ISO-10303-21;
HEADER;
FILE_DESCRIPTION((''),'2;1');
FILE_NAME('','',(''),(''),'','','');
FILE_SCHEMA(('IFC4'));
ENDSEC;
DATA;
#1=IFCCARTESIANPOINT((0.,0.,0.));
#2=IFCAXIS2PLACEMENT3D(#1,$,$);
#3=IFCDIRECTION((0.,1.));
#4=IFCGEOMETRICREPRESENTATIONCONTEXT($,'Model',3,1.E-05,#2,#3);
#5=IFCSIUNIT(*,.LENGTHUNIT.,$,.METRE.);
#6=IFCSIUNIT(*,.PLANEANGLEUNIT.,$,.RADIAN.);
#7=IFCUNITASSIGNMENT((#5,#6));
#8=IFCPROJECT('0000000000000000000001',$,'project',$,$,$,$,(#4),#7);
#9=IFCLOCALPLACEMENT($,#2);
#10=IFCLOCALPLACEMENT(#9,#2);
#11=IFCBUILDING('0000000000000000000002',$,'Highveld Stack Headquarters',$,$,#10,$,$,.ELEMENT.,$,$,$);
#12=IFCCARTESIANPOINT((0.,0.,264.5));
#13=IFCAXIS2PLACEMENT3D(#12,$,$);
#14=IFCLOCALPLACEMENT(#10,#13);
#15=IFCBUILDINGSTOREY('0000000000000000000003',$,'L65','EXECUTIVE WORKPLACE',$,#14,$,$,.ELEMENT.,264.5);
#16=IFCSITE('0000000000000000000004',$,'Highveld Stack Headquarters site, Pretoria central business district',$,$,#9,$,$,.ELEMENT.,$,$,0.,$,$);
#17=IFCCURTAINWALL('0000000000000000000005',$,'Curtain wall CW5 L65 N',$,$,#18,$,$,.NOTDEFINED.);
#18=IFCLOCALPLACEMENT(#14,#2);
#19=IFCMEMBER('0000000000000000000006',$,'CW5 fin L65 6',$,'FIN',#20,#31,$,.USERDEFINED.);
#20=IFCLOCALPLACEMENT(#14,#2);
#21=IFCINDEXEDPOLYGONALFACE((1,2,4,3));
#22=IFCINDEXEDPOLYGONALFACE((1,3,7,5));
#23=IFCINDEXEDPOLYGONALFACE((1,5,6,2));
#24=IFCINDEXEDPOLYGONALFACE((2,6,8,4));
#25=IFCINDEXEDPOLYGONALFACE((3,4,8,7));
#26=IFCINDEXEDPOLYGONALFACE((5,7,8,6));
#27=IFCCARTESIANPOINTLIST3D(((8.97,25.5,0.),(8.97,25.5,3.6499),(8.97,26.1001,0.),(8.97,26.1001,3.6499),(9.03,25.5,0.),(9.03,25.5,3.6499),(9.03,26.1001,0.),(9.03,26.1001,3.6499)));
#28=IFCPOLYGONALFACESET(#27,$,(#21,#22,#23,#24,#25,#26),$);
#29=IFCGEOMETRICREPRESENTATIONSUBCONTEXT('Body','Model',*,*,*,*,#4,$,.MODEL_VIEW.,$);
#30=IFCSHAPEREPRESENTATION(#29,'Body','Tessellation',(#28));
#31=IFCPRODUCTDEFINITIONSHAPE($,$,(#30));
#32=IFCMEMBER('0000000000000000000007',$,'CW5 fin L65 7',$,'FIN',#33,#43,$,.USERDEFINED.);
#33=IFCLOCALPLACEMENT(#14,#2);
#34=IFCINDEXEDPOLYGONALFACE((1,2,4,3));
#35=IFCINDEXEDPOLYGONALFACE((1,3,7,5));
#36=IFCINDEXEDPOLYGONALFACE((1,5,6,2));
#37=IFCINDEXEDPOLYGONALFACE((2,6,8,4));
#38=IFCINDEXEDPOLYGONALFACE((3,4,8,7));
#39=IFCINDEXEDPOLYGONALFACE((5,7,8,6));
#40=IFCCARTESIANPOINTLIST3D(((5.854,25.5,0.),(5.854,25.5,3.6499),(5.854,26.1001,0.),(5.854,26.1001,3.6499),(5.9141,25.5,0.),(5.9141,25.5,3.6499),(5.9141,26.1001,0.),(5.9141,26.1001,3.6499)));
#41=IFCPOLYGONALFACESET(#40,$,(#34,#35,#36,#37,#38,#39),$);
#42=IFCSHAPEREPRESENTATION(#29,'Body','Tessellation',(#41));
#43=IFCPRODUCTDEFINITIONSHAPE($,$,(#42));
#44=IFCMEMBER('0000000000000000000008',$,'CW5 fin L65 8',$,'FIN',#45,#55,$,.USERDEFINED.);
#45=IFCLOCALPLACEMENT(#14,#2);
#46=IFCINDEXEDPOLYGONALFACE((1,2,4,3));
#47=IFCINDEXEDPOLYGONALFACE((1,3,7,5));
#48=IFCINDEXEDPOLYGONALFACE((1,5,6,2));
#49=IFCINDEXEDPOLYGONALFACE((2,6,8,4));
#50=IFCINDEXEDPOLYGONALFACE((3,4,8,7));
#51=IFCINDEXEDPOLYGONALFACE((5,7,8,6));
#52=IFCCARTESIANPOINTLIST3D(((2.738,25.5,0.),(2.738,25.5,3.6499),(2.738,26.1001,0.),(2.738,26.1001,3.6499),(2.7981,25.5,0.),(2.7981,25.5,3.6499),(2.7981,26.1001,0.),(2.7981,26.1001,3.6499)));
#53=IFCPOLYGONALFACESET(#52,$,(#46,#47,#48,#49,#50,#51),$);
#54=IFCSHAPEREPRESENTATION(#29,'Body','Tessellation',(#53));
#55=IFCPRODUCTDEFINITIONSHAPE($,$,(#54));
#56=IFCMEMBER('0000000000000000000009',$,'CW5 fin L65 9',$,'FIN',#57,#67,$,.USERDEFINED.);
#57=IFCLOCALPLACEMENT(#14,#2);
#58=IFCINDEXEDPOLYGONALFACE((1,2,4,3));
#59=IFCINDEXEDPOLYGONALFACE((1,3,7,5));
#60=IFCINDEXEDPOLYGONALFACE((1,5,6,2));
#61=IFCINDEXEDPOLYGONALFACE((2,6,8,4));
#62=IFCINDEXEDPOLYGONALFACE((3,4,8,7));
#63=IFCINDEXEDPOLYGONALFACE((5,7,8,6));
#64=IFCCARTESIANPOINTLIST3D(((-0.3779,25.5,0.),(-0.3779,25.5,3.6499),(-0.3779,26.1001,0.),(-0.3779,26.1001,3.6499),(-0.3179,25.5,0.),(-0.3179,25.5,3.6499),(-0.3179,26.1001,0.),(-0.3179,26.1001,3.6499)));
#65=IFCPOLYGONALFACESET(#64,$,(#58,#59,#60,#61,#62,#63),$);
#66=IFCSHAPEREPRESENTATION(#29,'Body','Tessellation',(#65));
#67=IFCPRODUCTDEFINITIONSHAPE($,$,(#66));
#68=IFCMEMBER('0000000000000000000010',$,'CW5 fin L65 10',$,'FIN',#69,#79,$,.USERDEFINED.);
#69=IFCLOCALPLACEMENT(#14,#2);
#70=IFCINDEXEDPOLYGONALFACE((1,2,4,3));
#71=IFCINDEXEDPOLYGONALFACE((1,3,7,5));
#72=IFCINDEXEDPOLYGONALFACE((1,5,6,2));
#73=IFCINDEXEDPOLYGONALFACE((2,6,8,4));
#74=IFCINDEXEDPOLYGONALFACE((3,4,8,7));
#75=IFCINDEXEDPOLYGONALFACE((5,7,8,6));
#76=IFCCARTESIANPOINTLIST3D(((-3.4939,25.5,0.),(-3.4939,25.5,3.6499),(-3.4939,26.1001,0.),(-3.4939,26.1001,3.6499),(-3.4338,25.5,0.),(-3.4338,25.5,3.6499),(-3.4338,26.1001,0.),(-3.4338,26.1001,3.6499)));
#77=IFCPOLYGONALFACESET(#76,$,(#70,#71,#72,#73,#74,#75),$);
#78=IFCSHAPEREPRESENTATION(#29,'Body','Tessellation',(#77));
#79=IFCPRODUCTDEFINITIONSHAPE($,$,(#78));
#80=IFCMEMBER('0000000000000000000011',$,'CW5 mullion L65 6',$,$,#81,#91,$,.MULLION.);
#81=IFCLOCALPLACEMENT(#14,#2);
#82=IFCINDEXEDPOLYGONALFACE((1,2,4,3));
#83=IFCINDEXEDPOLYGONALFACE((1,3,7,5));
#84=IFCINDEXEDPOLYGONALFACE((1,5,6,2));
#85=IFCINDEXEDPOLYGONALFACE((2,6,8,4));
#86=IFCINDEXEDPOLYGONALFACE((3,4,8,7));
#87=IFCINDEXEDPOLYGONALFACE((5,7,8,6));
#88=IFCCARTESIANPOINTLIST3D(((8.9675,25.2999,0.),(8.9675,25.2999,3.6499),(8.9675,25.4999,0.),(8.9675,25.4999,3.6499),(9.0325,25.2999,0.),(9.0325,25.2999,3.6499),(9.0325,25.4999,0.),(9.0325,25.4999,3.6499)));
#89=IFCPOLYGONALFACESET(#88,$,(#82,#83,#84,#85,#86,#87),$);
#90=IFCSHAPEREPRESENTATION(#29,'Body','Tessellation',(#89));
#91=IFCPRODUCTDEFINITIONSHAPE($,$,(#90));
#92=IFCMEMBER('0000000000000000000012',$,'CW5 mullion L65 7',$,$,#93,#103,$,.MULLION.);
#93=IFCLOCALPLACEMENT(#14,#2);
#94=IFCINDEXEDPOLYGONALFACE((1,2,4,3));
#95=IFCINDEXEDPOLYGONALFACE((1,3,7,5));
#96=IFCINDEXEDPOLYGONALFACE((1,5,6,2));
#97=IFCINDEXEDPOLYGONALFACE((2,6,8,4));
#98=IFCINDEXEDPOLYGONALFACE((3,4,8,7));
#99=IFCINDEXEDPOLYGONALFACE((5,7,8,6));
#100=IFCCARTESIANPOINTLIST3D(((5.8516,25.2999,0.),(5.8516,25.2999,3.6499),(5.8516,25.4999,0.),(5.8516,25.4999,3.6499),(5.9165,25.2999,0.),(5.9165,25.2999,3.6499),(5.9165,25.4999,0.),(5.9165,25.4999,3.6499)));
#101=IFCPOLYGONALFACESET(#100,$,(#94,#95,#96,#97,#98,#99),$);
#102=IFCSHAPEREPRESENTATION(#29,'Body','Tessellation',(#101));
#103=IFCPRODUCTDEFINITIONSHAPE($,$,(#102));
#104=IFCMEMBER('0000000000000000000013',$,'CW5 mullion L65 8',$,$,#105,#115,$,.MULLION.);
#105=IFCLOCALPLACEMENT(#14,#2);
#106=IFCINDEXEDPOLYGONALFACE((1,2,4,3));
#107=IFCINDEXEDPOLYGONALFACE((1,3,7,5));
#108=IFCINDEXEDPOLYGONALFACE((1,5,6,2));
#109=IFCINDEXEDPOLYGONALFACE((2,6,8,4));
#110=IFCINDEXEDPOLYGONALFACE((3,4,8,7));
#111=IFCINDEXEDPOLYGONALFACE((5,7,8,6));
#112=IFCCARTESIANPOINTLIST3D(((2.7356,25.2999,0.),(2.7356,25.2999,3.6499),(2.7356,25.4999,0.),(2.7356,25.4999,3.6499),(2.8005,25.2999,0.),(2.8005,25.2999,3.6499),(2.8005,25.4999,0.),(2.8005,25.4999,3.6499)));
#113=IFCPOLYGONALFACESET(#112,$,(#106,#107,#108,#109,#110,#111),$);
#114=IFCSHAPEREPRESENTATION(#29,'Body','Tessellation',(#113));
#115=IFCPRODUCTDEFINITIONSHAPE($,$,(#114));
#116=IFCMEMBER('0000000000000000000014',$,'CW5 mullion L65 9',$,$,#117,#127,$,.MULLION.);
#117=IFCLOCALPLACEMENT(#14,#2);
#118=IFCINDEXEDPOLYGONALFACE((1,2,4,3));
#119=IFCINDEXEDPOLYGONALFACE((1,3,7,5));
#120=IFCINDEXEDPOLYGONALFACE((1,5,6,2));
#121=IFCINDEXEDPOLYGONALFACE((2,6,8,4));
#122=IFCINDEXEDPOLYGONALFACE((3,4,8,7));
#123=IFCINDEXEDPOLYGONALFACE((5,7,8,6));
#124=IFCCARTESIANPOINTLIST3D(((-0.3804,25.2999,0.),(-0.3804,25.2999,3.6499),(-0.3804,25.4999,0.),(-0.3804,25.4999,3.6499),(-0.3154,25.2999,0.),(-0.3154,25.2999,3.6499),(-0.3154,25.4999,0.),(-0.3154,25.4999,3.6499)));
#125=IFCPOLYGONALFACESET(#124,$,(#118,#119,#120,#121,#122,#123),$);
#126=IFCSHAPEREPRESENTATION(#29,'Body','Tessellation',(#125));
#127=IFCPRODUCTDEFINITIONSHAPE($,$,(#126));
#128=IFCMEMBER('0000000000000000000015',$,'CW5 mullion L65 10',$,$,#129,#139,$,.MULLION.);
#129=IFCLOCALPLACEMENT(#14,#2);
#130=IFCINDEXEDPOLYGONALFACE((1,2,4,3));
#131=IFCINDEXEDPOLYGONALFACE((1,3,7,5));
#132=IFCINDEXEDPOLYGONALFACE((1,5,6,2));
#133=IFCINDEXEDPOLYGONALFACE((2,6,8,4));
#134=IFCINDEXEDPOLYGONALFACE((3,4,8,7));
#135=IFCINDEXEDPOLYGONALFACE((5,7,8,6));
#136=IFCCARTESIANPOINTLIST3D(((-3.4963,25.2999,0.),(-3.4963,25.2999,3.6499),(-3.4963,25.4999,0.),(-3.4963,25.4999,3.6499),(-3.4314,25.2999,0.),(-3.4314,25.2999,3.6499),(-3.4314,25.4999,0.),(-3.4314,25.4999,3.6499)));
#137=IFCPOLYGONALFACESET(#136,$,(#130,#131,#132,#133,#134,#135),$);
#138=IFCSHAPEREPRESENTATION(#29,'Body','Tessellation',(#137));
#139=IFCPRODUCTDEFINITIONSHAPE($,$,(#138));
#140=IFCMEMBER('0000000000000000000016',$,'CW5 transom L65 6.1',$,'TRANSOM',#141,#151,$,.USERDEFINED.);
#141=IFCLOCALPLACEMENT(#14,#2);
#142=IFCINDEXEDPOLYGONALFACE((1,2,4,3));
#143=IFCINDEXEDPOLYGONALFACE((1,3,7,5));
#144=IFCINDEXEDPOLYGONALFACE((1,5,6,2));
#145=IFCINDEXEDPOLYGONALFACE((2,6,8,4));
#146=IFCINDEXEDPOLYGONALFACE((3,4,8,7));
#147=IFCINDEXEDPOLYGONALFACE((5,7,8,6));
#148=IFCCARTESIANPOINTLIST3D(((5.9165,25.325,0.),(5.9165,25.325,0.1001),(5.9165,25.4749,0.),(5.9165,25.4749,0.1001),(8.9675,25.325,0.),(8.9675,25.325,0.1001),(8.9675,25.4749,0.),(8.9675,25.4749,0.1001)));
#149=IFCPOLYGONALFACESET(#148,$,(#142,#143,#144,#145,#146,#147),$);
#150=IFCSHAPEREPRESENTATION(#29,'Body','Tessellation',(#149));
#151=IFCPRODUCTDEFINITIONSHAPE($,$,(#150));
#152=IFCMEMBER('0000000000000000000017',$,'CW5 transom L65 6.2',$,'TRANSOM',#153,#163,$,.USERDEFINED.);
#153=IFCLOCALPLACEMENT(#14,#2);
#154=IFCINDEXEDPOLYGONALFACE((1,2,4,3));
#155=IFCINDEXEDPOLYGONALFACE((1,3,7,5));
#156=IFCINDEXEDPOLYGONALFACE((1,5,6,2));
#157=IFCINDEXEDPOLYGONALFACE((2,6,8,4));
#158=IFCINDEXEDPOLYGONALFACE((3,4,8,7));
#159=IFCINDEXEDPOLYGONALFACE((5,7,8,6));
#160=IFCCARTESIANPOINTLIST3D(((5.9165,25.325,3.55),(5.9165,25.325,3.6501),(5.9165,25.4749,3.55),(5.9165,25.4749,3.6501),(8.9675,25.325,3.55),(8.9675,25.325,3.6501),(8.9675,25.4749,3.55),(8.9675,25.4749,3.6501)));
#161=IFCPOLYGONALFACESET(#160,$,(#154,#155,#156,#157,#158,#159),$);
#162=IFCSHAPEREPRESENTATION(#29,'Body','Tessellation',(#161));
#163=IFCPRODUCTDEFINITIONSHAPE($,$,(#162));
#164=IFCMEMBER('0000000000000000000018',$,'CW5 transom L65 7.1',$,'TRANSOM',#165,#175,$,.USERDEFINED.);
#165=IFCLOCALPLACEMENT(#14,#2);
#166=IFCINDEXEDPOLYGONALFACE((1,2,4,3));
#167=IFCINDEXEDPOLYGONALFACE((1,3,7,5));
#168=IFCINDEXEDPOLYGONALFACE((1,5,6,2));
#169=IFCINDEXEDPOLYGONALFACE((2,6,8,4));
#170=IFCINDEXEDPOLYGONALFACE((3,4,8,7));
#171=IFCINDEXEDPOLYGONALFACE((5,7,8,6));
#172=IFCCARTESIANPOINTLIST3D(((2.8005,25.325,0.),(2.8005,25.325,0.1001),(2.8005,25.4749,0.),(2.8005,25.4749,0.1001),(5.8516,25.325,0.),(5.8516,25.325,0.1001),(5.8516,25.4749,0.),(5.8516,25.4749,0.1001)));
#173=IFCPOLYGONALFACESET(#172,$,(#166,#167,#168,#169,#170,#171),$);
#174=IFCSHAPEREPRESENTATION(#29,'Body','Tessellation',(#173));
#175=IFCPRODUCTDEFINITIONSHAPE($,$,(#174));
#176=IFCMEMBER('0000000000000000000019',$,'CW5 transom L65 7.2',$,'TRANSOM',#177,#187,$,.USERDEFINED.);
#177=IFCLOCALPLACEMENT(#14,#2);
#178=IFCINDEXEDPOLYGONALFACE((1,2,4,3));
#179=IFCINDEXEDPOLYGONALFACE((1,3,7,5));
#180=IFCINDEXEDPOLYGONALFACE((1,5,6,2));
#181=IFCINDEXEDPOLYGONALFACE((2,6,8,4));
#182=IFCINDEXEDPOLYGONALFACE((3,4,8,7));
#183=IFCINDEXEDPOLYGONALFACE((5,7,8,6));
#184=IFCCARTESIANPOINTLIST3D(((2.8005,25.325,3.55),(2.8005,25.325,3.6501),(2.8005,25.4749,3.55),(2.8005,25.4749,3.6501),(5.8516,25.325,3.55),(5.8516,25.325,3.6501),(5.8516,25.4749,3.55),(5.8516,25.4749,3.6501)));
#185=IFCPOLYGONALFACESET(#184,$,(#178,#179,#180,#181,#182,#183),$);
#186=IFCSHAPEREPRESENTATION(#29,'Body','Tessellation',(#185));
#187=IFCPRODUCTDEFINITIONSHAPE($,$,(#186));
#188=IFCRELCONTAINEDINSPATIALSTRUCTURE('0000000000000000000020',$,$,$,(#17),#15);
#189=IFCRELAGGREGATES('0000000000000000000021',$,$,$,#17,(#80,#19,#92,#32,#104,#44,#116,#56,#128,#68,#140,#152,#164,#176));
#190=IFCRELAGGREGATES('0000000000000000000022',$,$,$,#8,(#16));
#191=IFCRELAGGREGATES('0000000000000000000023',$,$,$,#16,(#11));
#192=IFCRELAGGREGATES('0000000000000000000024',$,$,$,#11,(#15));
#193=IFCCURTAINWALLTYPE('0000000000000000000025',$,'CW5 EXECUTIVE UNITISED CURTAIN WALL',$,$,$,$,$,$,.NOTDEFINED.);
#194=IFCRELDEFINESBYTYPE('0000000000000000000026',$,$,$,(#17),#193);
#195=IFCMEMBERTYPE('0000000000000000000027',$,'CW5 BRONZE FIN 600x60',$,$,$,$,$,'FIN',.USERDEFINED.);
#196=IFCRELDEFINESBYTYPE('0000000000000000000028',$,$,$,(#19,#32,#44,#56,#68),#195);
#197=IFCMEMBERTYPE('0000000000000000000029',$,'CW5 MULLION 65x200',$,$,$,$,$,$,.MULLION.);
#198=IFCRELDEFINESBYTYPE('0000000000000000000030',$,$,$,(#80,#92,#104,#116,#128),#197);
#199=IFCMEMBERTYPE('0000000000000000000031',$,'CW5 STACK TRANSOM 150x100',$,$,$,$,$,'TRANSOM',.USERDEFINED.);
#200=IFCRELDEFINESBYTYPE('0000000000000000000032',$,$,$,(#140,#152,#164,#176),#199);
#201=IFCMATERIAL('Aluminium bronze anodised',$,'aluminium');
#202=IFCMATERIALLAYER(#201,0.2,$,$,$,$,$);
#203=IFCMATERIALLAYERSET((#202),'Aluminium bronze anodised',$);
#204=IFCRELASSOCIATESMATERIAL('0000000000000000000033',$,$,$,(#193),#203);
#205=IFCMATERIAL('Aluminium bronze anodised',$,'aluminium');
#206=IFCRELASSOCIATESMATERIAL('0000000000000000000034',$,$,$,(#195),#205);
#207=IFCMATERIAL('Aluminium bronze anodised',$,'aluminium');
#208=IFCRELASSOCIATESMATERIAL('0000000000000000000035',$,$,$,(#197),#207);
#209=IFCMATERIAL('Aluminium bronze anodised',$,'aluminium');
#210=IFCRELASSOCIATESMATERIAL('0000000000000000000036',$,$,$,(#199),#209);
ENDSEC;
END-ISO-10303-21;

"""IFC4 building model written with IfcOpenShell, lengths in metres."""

from ifc_helpers import new_model, si_unit, direction, frame, origin, origin_2d, place, context, subcontext, project, spatial, rectangle, extrude, material, layer, layer_set, material_profile, profile_set, type_object, element, aggregate, save


model = new_model("IFC4")

# Units and contexts
model_context = context("Model", 3, precision=1e-05, world=origin(), true_north=direction((0.0, 1.0)))
body_context = subcontext(model_context, "Body", "Model", "MODEL_VIEW")
ifc_project = project(units=[si_unit("LENGTHUNIT", "METRE"), si_unit("PLANEANGLEUNIT", "RADIAN")], contexts=[model_context])

# Site, building, storey
site_placement = place(None, origin())
site = spatial("IfcSite", under=ifc_project, at=site_placement, Name="Highveld Stack Headquarters site, Pretoria central business district", CompositionType="ELEMENT", RefElevation=0.0)
building_placement = place(site_placement, origin())
building = spatial("IfcBuilding", under=site, at=building_placement, Name="Highveld Stack Headquarters", CompositionType="ELEMENT")
storey_placement = place(building_placement, frame((0.0, 0.0, 264.5)))
storey = spatial("IfcBuildingStorey", under=building, at=storey_placement, Name="L65", Description="EXECUTIVE WORKPLACE", CompositionType="ELEMENT", Elevation=264.5)

# Curtain wall, members
ifc_material_1 = material(Name="Aluminium bronze anodised", Category="aluminium")
ifc_layer_1 = layer(ifc_material_1, 0.2)
ifc_layer_set_1 = layer_set([ifc_layer_1], Name="Aluminium bronze anodised")
curtain_wall_type = type_object("IfcCurtainWallType", Name="CW5 EXECUTIVE UNITISED CURTAIN WALL", PredefinedType="NOTDEFINED", material=ifc_layer_set_1)
curtain_wall_placement = place(storey_placement, origin())
curtain_wall = element("IfcCurtainWall", 1, at=curtain_wall_placement, inside=storey, type_object=curtain_wall_type, Name="Curtain wall CW5 L65 N", PredefinedType="NOTDEFINED")
ifc_material_2 = material(Name="Aluminium bronze anodised", Category="aluminium")
ifc_material_profile_1 = material_profile(ifc_material_2, rectangle(XDim=0.6001, YDim=0.0601, at=origin_2d()), Name="FIN 600x60")
ifc_profile_set_1 = profile_set([ifc_material_profile_1], Name="Aluminium bronze anodised")
member_type_1 = type_object("IfcMemberType", Name="CW5 BRONZE FIN 600x60", ElementType="FIN", PredefinedType="USERDEFINED", material=ifc_profile_set_1)
member_1_placement = place(storey_placement, frame((9.0, 25.8, 0.0), z_axis=(0.0, 0.0, 1.0), x_axis=(0.0, -1.0, 0.0)))
member_1 = element("IfcMember", 2, at=member_1_placement, type_object=member_type_1, Name="CW5 fin L65 6", ObjectType="FIN", PredefinedType="USERDEFINED", context=body_context, shape_type="SweptSolid", body=[
    extrude(rectangle(XDim=0.6001, YDim=0.0601, at=origin_2d()), origin(), (0.0, 0.0, 1.0), 3.6499),
])
member_2_placement = place(storey_placement, frame((5.884, 25.8, 0.0), z_axis=(0.0, 0.0, 1.0), x_axis=(0.0, -1.0, 0.0)))
member_2 = element("IfcMember", 3, at=member_2_placement, type_object=member_type_1, Name="CW5 fin L65 7", ObjectType="FIN", PredefinedType="USERDEFINED", context=body_context, shape_type="SweptSolid", body=[
    extrude(rectangle(XDim=0.6001, YDim=0.0601, at=origin_2d()), origin(), (0.0, 0.0, 1.0), 3.6499),
])
member_3_placement = place(storey_placement, frame((2.7681, 25.8, 0.0), z_axis=(0.0, 0.0, 1.0), x_axis=(0.0, -1.0, 0.0)))
member_3 = element("IfcMember", 4, at=member_3_placement, type_object=member_type_1, Name="CW5 fin L65 8", ObjectType="FIN", PredefinedType="USERDEFINED", context=body_context, shape_type="SweptSolid", body=[
    extrude(rectangle(XDim=0.6001, YDim=0.0601, at=origin_2d()), origin(), (0.0, 0.0, 1.0), 3.6499),
])
member_4_placement = place(storey_placement, frame((-0.3479, 25.8, 0.0), z_axis=(0.0, 0.0, 1.0), x_axis=(0.0, -1.0, 0.0)))
member_4 = element("IfcMember", 5, at=member_4_placement, type_object=member_type_1, Name="CW5 fin L65 9", ObjectType="FIN", PredefinedType="USERDEFINED", context=body_context, shape_type="SweptSolid", body=[
    extrude(rectangle(XDim=0.6001, YDim=0.0601, at=origin_2d()), origin(), (0.0, 0.0, 1.0), 3.6499),
])
member_5_placement = place(storey_placement, frame((-3.4639, 25.8, 0.0), z_axis=(0.0, 0.0, 1.0), x_axis=(0.0, -1.0, 0.0)))
member_5 = element("IfcMember", 6, at=member_5_placement, type_object=member_type_1, Name="CW5 fin L65 10", ObjectType="FIN", PredefinedType="USERDEFINED", context=body_context, shape_type="SweptSolid", body=[
    extrude(rectangle(XDim=0.6001, YDim=0.0601, at=origin_2d()), origin(), (0.0, 0.0, 1.0), 3.6499),
])
ifc_material_3 = material(Name="Aluminium bronze anodised", Category="aluminium")
ifc_material_profile_2 = material_profile(ifc_material_3, rectangle(XDim=0.2, YDim=0.0649, at=origin_2d()), Name="CW5 MULLION 65x200")
ifc_profile_set_2 = profile_set([ifc_material_profile_2], Name="Aluminium bronze anodised")
member_type_2 = type_object("IfcMemberType", Name="CW5 MULLION 65x200", PredefinedType="MULLION", material=ifc_profile_set_2)
member_6_placement = place(storey_placement, frame((9.0, 25.3999, 0.0), z_axis=(0.0, 0.0, 1.0), x_axis=(0.0, -1.0, 0.0)))
member_6 = element("IfcMember", 7, at=member_6_placement, type_object=member_type_2, Name="CW5 mullion L65 6", PredefinedType="MULLION", context=body_context, shape_type="SweptSolid", body=[
    extrude(rectangle(XDim=0.2, YDim=0.0649, at=origin_2d()), origin(), (0.0, 0.0, 1.0), 3.6499),
])
member_7_placement = place(storey_placement, frame((5.884, 25.3999, 0.0), z_axis=(0.0, 0.0, 1.0), x_axis=(0.0, -1.0, 0.0)))
member_7 = element("IfcMember", 8, at=member_7_placement, type_object=member_type_2, Name="CW5 mullion L65 7", PredefinedType="MULLION", context=body_context, shape_type="SweptSolid", body=[
    extrude(rectangle(XDim=0.2, YDim=0.0649, at=origin_2d()), origin(), (0.0, 0.0, 1.0), 3.6499),
])
member_8_placement = place(storey_placement, frame((2.7681, 25.3999, 0.0), z_axis=(0.0, 0.0, 1.0), x_axis=(0.0, -1.0, 0.0)))
member_8 = element("IfcMember", 9, at=member_8_placement, type_object=member_type_2, Name="CW5 mullion L65 8", PredefinedType="MULLION", context=body_context, shape_type="SweptSolid", body=[
    extrude(rectangle(XDim=0.2, YDim=0.0649, at=origin_2d()), origin(), (0.0, 0.0, 1.0), 3.6499),
])
member_9_placement = place(storey_placement, frame((-0.3479, 25.3999, 0.0), z_axis=(0.0, 0.0, 1.0), x_axis=(0.0, -1.0, 0.0)))
member_9 = element("IfcMember", 10, at=member_9_placement, type_object=member_type_2, Name="CW5 mullion L65 9", PredefinedType="MULLION", context=body_context, shape_type="SweptSolid", body=[
    extrude(rectangle(XDim=0.2, YDim=0.0649, at=origin_2d()), origin(), (0.0, 0.0, 1.0), 3.6499),
])
member_10_placement = place(storey_placement, frame((-3.4639, 25.3999, 0.0), z_axis=(0.0, 0.0, 1.0), x_axis=(0.0, -1.0, 0.0)))
member_10 = element("IfcMember", 11, at=member_10_placement, type_object=member_type_2, Name="CW5 mullion L65 10", PredefinedType="MULLION", context=body_context, shape_type="SweptSolid", body=[
    extrude(rectangle(XDim=0.2, YDim=0.0649, at=origin_2d()), origin(), (0.0, 0.0, 1.0), 3.6499),
])
ifc_material_4 = material(Name="Aluminium bronze anodised", Category="aluminium")
ifc_material_profile_3 = material_profile(ifc_material_4, rectangle(XDim=0.1499, YDim=0.1001, at=origin_2d()), Name="CW5 TRANSOM 150x100")
ifc_profile_set_3 = profile_set([ifc_material_profile_3], Name="Aluminium bronze anodised")
member_type_3 = type_object("IfcMemberType", Name="CW5 STACK TRANSOM 150x100", ElementType="TRANSOM", PredefinedType="USERDEFINED", material=ifc_profile_set_3)
member_11_placement = place(storey_placement, frame((8.9675, 25.3999, 0.05), z_axis=(-1.0, 0.0, 0.0), x_axis=(0.0, -1.0, 0.0)))
member_11 = element("IfcMember", 12, at=member_11_placement, type_object=member_type_3, Name="CW5 transom L65 6.1", ObjectType="TRANSOM", PredefinedType="USERDEFINED", context=body_context, shape_type="SweptSolid", body=[
    extrude(rectangle(XDim=0.1499, YDim=0.1001, at=origin_2d()), origin(), (0.0, 0.0, 1.0), 3.051),
])
member_12_placement = place(storey_placement, frame((8.9675, 25.3999, 3.6001), z_axis=(-1.0, 0.0, 0.0), x_axis=(0.0, -1.0, 0.0)))
member_12 = element("IfcMember", 13, at=member_12_placement, type_object=member_type_3, Name="CW5 transom L65 6.2", ObjectType="TRANSOM", PredefinedType="USERDEFINED", context=body_context, shape_type="SweptSolid", body=[
    extrude(rectangle(XDim=0.1499, YDim=0.1001, at=origin_2d()), origin(), (0.0, 0.0, 1.0), 3.051),
])
member_13_placement = place(storey_placement, frame((5.8516, 25.3999, 0.05), z_axis=(-1.0, 0.0, 0.0), x_axis=(0.0, -1.0, 0.0)))
member_13 = element("IfcMember", 14, at=member_13_placement, type_object=member_type_3, Name="CW5 transom L65 7.1", ObjectType="TRANSOM", PredefinedType="USERDEFINED", context=body_context, shape_type="SweptSolid", body=[
    extrude(rectangle(XDim=0.1499, YDim=0.1001, at=origin_2d()), origin(), (0.0, 0.0, 1.0), 3.051),
])
member_14_placement = place(storey_placement, frame((5.8516, 25.3999, 3.6001), z_axis=(-1.0, 0.0, 0.0), x_axis=(0.0, -1.0, 0.0)))
member_14 = element("IfcMember", 15, at=member_14_placement, type_object=member_type_3, Name="CW5 transom L65 7.2", ObjectType="TRANSOM", PredefinedType="USERDEFINED", context=body_context, shape_type="SweptSolid", body=[
    extrude(rectangle(XDim=0.1499, YDim=0.1001, at=origin_2d()), origin(), (0.0, 0.0, 1.0), 3.051),
])
aggregate(curtain_wall, [member_6, member_1, member_7, member_2, member_8, member_3, member_9, member_4, member_10, member_5, member_11, member_12, member_13, member_14])

save(model, "model.ifc")
